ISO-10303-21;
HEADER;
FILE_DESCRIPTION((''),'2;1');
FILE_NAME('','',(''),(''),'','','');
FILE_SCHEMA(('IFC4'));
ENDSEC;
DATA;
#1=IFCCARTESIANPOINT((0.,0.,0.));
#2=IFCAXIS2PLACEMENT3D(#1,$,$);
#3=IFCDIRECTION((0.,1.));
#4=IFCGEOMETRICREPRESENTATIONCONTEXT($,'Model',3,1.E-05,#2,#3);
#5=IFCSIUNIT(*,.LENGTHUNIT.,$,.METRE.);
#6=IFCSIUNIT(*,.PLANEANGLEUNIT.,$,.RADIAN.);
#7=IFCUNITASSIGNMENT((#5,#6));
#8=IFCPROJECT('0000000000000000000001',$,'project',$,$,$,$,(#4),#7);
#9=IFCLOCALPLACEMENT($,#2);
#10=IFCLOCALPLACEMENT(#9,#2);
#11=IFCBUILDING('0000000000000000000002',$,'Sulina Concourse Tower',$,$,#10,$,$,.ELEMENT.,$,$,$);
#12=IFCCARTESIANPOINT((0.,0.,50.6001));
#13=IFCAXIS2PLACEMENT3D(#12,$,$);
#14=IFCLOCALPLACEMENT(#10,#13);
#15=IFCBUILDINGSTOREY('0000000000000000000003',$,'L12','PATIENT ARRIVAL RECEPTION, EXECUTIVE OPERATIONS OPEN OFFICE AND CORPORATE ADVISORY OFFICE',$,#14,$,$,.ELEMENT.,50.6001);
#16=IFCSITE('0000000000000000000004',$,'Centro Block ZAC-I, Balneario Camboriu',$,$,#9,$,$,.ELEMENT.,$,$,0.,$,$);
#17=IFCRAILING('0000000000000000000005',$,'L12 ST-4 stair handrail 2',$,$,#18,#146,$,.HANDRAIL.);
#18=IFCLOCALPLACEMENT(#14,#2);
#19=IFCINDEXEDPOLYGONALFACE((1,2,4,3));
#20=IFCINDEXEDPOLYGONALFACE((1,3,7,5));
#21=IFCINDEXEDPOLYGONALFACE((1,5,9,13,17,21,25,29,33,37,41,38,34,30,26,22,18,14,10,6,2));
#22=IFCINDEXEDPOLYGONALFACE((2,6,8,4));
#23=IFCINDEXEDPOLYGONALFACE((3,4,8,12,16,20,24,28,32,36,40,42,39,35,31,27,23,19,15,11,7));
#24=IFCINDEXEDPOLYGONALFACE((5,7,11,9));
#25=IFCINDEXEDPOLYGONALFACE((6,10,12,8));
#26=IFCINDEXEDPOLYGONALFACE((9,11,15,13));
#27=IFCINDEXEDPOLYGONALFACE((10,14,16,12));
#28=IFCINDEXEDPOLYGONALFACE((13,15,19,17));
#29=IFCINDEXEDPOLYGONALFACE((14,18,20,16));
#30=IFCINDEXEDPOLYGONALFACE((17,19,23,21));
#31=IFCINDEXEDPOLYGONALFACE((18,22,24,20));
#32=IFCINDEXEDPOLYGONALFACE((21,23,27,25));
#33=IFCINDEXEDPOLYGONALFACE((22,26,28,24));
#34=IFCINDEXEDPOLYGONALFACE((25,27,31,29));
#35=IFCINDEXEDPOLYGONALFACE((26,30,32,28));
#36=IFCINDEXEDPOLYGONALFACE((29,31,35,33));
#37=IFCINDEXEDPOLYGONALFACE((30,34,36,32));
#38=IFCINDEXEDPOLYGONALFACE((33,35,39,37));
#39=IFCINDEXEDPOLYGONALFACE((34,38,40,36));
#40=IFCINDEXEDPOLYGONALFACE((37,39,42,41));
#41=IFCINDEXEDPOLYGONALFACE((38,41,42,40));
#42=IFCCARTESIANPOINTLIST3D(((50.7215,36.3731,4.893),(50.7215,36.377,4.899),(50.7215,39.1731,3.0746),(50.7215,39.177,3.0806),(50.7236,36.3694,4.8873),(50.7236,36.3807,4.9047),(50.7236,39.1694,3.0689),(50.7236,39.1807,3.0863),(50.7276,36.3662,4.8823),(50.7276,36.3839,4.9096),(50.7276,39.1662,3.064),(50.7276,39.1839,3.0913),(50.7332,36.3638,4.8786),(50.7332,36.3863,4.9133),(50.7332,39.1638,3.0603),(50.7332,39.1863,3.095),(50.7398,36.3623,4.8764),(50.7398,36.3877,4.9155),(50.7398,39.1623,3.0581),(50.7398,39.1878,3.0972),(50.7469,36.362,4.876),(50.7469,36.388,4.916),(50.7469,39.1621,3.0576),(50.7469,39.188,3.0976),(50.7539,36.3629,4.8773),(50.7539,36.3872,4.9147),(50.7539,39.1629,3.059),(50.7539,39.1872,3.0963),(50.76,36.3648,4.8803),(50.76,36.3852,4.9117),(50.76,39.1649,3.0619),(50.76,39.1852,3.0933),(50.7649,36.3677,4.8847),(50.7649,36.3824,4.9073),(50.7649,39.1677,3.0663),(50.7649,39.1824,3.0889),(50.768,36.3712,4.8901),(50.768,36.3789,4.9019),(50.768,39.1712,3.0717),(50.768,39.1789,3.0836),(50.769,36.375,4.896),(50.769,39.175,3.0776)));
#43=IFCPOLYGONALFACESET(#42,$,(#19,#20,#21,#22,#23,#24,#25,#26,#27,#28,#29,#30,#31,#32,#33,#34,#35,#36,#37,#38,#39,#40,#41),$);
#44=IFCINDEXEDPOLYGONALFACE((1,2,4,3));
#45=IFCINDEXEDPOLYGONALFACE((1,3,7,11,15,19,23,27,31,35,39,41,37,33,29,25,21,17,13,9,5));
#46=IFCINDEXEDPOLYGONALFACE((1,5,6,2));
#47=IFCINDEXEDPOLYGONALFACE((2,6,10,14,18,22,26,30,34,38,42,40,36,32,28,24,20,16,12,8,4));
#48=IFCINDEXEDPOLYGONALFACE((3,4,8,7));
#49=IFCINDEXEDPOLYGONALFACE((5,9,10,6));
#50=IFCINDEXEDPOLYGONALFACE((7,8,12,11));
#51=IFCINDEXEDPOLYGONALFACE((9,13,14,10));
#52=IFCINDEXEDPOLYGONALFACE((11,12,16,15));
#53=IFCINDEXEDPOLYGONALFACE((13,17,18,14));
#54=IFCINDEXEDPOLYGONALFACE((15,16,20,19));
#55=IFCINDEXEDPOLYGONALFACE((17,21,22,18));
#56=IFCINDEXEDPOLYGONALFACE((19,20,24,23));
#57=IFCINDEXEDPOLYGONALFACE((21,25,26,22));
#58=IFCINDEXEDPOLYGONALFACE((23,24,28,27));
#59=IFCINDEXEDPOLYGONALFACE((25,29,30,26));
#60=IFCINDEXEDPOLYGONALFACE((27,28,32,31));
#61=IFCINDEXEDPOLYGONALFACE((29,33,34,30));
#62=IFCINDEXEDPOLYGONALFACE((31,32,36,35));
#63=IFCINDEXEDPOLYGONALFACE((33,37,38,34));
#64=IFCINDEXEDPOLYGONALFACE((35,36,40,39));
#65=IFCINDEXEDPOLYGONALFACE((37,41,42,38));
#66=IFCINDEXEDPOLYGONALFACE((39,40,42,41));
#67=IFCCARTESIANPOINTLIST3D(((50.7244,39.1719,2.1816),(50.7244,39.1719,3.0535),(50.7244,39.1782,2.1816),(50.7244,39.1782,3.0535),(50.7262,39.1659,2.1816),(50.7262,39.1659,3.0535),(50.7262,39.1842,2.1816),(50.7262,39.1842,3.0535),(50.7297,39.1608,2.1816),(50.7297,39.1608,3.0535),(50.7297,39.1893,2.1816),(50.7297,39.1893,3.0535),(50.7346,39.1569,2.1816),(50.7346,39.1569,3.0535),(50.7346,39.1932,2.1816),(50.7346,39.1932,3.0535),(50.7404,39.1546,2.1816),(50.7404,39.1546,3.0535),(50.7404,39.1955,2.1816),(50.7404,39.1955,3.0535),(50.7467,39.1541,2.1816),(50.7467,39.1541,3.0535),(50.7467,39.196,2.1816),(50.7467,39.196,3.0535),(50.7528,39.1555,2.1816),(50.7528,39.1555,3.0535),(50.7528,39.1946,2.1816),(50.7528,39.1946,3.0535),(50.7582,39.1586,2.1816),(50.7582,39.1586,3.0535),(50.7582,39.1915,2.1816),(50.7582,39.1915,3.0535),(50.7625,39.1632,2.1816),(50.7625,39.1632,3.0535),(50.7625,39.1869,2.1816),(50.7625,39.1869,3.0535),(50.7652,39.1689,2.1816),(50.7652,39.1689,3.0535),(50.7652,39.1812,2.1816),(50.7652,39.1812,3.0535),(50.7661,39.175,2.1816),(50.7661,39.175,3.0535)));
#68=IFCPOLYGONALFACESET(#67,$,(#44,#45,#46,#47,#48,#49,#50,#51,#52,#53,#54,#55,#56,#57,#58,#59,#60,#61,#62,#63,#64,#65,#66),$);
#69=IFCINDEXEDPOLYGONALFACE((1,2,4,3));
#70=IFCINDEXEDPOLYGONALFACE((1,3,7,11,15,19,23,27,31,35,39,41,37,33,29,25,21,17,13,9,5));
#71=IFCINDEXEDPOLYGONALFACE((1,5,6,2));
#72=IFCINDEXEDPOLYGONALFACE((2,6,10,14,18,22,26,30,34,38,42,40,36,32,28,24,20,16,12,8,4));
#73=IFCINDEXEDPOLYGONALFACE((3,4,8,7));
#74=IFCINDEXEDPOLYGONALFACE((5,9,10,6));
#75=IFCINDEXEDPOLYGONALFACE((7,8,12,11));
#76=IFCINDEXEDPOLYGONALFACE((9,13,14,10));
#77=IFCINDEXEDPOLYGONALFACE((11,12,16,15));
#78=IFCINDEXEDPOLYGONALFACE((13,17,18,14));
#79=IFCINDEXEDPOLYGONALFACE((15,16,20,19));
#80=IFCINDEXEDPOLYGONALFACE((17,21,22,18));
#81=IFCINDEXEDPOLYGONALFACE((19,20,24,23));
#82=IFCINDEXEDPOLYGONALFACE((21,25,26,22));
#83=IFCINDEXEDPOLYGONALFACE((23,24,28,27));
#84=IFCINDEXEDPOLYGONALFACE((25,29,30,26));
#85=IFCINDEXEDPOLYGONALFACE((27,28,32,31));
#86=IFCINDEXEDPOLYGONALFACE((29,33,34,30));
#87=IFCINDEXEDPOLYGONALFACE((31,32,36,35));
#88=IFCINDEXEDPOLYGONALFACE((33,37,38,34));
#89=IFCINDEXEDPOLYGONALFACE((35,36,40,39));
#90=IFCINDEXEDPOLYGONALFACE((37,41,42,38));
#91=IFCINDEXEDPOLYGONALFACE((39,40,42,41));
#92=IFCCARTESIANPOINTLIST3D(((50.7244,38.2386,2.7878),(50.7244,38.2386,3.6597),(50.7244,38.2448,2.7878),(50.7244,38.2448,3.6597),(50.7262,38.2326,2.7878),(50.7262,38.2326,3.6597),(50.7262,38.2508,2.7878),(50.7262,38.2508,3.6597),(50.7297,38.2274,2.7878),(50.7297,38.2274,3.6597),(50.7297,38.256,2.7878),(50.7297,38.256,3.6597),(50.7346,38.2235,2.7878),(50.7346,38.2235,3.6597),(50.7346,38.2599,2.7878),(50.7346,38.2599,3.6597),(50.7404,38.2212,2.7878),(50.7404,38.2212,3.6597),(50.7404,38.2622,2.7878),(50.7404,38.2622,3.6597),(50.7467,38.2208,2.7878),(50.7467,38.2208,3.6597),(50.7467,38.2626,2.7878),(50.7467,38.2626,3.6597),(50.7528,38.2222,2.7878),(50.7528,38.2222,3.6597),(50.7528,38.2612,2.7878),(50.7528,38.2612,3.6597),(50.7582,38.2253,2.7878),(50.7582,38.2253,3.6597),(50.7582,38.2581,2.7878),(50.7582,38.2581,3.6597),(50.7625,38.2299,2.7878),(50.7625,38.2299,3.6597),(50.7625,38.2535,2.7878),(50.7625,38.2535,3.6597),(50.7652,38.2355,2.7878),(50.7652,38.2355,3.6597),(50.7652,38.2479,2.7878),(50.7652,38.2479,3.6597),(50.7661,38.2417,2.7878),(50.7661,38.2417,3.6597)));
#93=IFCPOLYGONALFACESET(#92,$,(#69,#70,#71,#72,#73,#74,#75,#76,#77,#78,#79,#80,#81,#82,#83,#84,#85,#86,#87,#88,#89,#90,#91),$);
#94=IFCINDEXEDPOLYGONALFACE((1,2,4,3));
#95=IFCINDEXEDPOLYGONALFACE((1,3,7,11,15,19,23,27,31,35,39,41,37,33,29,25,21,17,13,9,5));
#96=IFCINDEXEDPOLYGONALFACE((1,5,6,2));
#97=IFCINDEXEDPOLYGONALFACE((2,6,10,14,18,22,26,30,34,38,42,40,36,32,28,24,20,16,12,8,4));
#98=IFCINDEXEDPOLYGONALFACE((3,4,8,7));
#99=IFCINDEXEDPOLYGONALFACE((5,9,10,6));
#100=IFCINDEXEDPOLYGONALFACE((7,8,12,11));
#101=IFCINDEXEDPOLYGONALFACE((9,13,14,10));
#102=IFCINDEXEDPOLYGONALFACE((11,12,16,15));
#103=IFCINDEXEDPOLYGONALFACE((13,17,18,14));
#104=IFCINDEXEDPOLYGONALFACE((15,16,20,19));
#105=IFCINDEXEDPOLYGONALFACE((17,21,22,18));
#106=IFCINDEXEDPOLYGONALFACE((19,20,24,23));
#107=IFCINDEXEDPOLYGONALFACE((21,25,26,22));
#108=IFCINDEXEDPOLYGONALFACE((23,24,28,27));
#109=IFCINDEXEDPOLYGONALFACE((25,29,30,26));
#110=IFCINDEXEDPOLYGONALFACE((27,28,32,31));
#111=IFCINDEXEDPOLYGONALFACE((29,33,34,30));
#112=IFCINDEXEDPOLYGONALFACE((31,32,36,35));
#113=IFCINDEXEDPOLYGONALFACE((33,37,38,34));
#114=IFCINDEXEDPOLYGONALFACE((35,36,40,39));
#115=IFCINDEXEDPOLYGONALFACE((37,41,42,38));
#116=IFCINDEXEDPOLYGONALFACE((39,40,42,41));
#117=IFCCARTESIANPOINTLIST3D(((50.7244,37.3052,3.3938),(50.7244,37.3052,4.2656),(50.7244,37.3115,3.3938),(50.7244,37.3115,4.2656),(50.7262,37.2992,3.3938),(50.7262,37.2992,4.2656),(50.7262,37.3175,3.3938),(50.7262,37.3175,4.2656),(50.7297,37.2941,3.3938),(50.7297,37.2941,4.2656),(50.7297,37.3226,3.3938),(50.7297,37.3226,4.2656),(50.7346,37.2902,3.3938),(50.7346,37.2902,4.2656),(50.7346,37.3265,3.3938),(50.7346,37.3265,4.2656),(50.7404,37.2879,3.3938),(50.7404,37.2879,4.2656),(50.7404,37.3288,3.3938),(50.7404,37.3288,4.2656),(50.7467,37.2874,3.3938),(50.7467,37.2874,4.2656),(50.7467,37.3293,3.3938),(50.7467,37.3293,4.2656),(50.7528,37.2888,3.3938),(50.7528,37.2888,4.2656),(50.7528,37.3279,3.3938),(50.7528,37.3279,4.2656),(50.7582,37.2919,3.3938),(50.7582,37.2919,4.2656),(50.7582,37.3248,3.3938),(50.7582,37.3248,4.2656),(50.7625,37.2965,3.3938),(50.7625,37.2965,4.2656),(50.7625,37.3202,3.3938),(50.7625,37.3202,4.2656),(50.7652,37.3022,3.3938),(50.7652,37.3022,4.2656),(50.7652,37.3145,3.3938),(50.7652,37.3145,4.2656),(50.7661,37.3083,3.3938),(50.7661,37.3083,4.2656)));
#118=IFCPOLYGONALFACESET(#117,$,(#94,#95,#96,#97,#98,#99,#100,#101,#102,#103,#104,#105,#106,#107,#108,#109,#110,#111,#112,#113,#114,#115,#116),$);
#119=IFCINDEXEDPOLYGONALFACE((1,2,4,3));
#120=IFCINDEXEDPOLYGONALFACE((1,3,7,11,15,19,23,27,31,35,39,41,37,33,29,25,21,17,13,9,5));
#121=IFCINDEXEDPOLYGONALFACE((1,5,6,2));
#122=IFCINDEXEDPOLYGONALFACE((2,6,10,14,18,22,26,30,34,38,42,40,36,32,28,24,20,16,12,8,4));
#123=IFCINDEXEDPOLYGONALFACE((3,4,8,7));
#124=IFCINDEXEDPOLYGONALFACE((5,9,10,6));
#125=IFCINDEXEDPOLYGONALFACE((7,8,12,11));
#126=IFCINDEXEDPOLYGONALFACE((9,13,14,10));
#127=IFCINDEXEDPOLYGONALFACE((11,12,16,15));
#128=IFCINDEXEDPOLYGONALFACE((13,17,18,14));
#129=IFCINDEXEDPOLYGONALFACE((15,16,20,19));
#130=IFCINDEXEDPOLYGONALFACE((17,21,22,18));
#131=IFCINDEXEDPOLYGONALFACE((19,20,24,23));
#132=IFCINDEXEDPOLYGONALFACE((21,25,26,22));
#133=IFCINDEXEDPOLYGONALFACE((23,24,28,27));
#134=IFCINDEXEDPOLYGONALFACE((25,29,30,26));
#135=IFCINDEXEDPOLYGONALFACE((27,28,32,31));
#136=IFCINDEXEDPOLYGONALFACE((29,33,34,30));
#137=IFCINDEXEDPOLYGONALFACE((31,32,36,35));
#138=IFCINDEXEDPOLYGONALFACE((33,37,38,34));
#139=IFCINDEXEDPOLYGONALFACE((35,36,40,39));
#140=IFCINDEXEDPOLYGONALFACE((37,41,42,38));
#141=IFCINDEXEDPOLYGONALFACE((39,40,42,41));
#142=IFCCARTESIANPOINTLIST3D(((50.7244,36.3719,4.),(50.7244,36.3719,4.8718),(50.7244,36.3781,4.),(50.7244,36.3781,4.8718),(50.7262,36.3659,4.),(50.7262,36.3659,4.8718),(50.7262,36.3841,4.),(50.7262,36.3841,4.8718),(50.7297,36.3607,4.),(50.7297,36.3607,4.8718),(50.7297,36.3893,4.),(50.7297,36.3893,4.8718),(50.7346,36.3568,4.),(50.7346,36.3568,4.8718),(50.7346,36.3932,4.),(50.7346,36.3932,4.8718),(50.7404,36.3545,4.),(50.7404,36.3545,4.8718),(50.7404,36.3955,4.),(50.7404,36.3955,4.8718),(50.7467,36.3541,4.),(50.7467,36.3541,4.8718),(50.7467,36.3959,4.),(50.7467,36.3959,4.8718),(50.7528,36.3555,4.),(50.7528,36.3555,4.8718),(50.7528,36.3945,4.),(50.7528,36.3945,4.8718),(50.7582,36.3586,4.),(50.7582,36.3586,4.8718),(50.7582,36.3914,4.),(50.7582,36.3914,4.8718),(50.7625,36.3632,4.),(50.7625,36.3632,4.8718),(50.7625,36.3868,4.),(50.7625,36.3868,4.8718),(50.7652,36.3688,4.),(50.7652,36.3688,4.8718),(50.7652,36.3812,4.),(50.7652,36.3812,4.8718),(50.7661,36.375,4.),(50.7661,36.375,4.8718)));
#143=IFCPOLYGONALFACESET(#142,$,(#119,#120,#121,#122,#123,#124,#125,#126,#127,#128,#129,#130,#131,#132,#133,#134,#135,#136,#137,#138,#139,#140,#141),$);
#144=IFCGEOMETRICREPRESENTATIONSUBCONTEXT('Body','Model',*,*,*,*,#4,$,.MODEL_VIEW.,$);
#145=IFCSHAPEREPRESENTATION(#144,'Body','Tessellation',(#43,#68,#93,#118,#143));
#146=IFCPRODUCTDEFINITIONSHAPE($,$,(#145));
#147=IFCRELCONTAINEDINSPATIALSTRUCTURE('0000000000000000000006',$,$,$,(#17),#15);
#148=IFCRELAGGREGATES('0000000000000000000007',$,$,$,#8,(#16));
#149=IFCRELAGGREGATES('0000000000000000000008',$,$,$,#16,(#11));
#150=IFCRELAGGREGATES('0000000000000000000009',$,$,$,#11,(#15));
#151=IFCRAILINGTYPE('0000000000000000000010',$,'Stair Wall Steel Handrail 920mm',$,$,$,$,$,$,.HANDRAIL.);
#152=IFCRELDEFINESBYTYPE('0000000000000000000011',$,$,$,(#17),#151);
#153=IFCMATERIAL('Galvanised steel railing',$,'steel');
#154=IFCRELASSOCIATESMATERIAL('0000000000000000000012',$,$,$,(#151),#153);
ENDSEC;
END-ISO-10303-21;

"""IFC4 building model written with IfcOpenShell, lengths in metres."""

from ifc_helpers import new_model, si_unit, direction, frame, origin, origin_2d, place, context, subcontext, project, spatial, circle, extrude, material, type_object, element, save


model = new_model("IFC4")

# Units and contexts
model_context = context("Model", 3, precision=1e-05, world=origin(), true_north=direction((0.0, 1.0)))
body_context = subcontext(model_context, "Body", "Model", "MODEL_VIEW")
ifc_project = project(units=[si_unit("LENGTHUNIT", "METRE"), si_unit("PLANEANGLEUNIT", "RADIAN")], contexts=[model_context])

# Site, building, storey
site_placement = place(None, origin())
site = spatial("IfcSite", under=ifc_project, at=site_placement, Name="Centro Block ZAC-I, Balneario Camboriu", CompositionType="ELEMENT", RefElevation=0.0)
building_placement = place(site_placement, origin())
building = spatial("IfcBuilding", under=site, at=building_placement, Name="Sulina Concourse Tower", CompositionType="ELEMENT")
storey_placement = place(building_placement, frame((0.0, 0.0, 50.6001)))
storey = spatial("IfcBuildingStorey", under=building, at=storey_placement, Name="L12", Description="PATIENT ARRIVAL RECEPTION, EXECUTIVE OPERATIONS OPEN OFFICE AND CORPORATE ADVISORY OFFICE", CompositionType="ELEMENT", Elevation=50.6001)

# Railing
ifc_material_1 = material(Name="Galvanised steel railing", Category="steel")
railing_type_1 = type_object("IfcRailingType", Name="Stair Wall Steel Handrail 920mm", PredefinedType="HANDRAIL", material=ifc_material_1)
railing_1_placement = place(storey_placement, frame((50.7451, 39.175, 2.1816)))
element("IfcRailing", 1, at=railing_1_placement, inside=storey, type_object=railing_type_1, Name="L12 ST-4 stair handrail 2", PredefinedType="HANDRAIL", context=body_context, shape_type="SweptSolid", body=[
    extrude(circle(Radius=0.0239, at=origin_2d()), frame((0.0, 0.0, 0.896), z_axis=(0.0, -0.838672, 0.544636), x_axis=(1.0, 0.0, 0.0)), (0.0, 0.0, 1.0), 3.3386),
    extrude(circle(Radius=0.021, at=origin_2d()), origin(), (0.0, 0.0, 1.0), 0.8718),
    extrude(circle(Radius=0.021, at=origin_2d()), frame((0.0, -0.9333, 0.6062)), (0.0, 0.0, 1.0), 0.8718),
    extrude(circle(Radius=0.021, at=origin_2d()), frame((0.0, -1.8667, 1.2122)), (0.0, 0.0, 1.0), 0.8718),
    extrude(circle(Radius=0.021, at=origin_2d()), frame((0.0, -2.8, 1.8184)), (0.0, 0.0, 1.0), 0.8718),
])

save(model, "model.ifc")
